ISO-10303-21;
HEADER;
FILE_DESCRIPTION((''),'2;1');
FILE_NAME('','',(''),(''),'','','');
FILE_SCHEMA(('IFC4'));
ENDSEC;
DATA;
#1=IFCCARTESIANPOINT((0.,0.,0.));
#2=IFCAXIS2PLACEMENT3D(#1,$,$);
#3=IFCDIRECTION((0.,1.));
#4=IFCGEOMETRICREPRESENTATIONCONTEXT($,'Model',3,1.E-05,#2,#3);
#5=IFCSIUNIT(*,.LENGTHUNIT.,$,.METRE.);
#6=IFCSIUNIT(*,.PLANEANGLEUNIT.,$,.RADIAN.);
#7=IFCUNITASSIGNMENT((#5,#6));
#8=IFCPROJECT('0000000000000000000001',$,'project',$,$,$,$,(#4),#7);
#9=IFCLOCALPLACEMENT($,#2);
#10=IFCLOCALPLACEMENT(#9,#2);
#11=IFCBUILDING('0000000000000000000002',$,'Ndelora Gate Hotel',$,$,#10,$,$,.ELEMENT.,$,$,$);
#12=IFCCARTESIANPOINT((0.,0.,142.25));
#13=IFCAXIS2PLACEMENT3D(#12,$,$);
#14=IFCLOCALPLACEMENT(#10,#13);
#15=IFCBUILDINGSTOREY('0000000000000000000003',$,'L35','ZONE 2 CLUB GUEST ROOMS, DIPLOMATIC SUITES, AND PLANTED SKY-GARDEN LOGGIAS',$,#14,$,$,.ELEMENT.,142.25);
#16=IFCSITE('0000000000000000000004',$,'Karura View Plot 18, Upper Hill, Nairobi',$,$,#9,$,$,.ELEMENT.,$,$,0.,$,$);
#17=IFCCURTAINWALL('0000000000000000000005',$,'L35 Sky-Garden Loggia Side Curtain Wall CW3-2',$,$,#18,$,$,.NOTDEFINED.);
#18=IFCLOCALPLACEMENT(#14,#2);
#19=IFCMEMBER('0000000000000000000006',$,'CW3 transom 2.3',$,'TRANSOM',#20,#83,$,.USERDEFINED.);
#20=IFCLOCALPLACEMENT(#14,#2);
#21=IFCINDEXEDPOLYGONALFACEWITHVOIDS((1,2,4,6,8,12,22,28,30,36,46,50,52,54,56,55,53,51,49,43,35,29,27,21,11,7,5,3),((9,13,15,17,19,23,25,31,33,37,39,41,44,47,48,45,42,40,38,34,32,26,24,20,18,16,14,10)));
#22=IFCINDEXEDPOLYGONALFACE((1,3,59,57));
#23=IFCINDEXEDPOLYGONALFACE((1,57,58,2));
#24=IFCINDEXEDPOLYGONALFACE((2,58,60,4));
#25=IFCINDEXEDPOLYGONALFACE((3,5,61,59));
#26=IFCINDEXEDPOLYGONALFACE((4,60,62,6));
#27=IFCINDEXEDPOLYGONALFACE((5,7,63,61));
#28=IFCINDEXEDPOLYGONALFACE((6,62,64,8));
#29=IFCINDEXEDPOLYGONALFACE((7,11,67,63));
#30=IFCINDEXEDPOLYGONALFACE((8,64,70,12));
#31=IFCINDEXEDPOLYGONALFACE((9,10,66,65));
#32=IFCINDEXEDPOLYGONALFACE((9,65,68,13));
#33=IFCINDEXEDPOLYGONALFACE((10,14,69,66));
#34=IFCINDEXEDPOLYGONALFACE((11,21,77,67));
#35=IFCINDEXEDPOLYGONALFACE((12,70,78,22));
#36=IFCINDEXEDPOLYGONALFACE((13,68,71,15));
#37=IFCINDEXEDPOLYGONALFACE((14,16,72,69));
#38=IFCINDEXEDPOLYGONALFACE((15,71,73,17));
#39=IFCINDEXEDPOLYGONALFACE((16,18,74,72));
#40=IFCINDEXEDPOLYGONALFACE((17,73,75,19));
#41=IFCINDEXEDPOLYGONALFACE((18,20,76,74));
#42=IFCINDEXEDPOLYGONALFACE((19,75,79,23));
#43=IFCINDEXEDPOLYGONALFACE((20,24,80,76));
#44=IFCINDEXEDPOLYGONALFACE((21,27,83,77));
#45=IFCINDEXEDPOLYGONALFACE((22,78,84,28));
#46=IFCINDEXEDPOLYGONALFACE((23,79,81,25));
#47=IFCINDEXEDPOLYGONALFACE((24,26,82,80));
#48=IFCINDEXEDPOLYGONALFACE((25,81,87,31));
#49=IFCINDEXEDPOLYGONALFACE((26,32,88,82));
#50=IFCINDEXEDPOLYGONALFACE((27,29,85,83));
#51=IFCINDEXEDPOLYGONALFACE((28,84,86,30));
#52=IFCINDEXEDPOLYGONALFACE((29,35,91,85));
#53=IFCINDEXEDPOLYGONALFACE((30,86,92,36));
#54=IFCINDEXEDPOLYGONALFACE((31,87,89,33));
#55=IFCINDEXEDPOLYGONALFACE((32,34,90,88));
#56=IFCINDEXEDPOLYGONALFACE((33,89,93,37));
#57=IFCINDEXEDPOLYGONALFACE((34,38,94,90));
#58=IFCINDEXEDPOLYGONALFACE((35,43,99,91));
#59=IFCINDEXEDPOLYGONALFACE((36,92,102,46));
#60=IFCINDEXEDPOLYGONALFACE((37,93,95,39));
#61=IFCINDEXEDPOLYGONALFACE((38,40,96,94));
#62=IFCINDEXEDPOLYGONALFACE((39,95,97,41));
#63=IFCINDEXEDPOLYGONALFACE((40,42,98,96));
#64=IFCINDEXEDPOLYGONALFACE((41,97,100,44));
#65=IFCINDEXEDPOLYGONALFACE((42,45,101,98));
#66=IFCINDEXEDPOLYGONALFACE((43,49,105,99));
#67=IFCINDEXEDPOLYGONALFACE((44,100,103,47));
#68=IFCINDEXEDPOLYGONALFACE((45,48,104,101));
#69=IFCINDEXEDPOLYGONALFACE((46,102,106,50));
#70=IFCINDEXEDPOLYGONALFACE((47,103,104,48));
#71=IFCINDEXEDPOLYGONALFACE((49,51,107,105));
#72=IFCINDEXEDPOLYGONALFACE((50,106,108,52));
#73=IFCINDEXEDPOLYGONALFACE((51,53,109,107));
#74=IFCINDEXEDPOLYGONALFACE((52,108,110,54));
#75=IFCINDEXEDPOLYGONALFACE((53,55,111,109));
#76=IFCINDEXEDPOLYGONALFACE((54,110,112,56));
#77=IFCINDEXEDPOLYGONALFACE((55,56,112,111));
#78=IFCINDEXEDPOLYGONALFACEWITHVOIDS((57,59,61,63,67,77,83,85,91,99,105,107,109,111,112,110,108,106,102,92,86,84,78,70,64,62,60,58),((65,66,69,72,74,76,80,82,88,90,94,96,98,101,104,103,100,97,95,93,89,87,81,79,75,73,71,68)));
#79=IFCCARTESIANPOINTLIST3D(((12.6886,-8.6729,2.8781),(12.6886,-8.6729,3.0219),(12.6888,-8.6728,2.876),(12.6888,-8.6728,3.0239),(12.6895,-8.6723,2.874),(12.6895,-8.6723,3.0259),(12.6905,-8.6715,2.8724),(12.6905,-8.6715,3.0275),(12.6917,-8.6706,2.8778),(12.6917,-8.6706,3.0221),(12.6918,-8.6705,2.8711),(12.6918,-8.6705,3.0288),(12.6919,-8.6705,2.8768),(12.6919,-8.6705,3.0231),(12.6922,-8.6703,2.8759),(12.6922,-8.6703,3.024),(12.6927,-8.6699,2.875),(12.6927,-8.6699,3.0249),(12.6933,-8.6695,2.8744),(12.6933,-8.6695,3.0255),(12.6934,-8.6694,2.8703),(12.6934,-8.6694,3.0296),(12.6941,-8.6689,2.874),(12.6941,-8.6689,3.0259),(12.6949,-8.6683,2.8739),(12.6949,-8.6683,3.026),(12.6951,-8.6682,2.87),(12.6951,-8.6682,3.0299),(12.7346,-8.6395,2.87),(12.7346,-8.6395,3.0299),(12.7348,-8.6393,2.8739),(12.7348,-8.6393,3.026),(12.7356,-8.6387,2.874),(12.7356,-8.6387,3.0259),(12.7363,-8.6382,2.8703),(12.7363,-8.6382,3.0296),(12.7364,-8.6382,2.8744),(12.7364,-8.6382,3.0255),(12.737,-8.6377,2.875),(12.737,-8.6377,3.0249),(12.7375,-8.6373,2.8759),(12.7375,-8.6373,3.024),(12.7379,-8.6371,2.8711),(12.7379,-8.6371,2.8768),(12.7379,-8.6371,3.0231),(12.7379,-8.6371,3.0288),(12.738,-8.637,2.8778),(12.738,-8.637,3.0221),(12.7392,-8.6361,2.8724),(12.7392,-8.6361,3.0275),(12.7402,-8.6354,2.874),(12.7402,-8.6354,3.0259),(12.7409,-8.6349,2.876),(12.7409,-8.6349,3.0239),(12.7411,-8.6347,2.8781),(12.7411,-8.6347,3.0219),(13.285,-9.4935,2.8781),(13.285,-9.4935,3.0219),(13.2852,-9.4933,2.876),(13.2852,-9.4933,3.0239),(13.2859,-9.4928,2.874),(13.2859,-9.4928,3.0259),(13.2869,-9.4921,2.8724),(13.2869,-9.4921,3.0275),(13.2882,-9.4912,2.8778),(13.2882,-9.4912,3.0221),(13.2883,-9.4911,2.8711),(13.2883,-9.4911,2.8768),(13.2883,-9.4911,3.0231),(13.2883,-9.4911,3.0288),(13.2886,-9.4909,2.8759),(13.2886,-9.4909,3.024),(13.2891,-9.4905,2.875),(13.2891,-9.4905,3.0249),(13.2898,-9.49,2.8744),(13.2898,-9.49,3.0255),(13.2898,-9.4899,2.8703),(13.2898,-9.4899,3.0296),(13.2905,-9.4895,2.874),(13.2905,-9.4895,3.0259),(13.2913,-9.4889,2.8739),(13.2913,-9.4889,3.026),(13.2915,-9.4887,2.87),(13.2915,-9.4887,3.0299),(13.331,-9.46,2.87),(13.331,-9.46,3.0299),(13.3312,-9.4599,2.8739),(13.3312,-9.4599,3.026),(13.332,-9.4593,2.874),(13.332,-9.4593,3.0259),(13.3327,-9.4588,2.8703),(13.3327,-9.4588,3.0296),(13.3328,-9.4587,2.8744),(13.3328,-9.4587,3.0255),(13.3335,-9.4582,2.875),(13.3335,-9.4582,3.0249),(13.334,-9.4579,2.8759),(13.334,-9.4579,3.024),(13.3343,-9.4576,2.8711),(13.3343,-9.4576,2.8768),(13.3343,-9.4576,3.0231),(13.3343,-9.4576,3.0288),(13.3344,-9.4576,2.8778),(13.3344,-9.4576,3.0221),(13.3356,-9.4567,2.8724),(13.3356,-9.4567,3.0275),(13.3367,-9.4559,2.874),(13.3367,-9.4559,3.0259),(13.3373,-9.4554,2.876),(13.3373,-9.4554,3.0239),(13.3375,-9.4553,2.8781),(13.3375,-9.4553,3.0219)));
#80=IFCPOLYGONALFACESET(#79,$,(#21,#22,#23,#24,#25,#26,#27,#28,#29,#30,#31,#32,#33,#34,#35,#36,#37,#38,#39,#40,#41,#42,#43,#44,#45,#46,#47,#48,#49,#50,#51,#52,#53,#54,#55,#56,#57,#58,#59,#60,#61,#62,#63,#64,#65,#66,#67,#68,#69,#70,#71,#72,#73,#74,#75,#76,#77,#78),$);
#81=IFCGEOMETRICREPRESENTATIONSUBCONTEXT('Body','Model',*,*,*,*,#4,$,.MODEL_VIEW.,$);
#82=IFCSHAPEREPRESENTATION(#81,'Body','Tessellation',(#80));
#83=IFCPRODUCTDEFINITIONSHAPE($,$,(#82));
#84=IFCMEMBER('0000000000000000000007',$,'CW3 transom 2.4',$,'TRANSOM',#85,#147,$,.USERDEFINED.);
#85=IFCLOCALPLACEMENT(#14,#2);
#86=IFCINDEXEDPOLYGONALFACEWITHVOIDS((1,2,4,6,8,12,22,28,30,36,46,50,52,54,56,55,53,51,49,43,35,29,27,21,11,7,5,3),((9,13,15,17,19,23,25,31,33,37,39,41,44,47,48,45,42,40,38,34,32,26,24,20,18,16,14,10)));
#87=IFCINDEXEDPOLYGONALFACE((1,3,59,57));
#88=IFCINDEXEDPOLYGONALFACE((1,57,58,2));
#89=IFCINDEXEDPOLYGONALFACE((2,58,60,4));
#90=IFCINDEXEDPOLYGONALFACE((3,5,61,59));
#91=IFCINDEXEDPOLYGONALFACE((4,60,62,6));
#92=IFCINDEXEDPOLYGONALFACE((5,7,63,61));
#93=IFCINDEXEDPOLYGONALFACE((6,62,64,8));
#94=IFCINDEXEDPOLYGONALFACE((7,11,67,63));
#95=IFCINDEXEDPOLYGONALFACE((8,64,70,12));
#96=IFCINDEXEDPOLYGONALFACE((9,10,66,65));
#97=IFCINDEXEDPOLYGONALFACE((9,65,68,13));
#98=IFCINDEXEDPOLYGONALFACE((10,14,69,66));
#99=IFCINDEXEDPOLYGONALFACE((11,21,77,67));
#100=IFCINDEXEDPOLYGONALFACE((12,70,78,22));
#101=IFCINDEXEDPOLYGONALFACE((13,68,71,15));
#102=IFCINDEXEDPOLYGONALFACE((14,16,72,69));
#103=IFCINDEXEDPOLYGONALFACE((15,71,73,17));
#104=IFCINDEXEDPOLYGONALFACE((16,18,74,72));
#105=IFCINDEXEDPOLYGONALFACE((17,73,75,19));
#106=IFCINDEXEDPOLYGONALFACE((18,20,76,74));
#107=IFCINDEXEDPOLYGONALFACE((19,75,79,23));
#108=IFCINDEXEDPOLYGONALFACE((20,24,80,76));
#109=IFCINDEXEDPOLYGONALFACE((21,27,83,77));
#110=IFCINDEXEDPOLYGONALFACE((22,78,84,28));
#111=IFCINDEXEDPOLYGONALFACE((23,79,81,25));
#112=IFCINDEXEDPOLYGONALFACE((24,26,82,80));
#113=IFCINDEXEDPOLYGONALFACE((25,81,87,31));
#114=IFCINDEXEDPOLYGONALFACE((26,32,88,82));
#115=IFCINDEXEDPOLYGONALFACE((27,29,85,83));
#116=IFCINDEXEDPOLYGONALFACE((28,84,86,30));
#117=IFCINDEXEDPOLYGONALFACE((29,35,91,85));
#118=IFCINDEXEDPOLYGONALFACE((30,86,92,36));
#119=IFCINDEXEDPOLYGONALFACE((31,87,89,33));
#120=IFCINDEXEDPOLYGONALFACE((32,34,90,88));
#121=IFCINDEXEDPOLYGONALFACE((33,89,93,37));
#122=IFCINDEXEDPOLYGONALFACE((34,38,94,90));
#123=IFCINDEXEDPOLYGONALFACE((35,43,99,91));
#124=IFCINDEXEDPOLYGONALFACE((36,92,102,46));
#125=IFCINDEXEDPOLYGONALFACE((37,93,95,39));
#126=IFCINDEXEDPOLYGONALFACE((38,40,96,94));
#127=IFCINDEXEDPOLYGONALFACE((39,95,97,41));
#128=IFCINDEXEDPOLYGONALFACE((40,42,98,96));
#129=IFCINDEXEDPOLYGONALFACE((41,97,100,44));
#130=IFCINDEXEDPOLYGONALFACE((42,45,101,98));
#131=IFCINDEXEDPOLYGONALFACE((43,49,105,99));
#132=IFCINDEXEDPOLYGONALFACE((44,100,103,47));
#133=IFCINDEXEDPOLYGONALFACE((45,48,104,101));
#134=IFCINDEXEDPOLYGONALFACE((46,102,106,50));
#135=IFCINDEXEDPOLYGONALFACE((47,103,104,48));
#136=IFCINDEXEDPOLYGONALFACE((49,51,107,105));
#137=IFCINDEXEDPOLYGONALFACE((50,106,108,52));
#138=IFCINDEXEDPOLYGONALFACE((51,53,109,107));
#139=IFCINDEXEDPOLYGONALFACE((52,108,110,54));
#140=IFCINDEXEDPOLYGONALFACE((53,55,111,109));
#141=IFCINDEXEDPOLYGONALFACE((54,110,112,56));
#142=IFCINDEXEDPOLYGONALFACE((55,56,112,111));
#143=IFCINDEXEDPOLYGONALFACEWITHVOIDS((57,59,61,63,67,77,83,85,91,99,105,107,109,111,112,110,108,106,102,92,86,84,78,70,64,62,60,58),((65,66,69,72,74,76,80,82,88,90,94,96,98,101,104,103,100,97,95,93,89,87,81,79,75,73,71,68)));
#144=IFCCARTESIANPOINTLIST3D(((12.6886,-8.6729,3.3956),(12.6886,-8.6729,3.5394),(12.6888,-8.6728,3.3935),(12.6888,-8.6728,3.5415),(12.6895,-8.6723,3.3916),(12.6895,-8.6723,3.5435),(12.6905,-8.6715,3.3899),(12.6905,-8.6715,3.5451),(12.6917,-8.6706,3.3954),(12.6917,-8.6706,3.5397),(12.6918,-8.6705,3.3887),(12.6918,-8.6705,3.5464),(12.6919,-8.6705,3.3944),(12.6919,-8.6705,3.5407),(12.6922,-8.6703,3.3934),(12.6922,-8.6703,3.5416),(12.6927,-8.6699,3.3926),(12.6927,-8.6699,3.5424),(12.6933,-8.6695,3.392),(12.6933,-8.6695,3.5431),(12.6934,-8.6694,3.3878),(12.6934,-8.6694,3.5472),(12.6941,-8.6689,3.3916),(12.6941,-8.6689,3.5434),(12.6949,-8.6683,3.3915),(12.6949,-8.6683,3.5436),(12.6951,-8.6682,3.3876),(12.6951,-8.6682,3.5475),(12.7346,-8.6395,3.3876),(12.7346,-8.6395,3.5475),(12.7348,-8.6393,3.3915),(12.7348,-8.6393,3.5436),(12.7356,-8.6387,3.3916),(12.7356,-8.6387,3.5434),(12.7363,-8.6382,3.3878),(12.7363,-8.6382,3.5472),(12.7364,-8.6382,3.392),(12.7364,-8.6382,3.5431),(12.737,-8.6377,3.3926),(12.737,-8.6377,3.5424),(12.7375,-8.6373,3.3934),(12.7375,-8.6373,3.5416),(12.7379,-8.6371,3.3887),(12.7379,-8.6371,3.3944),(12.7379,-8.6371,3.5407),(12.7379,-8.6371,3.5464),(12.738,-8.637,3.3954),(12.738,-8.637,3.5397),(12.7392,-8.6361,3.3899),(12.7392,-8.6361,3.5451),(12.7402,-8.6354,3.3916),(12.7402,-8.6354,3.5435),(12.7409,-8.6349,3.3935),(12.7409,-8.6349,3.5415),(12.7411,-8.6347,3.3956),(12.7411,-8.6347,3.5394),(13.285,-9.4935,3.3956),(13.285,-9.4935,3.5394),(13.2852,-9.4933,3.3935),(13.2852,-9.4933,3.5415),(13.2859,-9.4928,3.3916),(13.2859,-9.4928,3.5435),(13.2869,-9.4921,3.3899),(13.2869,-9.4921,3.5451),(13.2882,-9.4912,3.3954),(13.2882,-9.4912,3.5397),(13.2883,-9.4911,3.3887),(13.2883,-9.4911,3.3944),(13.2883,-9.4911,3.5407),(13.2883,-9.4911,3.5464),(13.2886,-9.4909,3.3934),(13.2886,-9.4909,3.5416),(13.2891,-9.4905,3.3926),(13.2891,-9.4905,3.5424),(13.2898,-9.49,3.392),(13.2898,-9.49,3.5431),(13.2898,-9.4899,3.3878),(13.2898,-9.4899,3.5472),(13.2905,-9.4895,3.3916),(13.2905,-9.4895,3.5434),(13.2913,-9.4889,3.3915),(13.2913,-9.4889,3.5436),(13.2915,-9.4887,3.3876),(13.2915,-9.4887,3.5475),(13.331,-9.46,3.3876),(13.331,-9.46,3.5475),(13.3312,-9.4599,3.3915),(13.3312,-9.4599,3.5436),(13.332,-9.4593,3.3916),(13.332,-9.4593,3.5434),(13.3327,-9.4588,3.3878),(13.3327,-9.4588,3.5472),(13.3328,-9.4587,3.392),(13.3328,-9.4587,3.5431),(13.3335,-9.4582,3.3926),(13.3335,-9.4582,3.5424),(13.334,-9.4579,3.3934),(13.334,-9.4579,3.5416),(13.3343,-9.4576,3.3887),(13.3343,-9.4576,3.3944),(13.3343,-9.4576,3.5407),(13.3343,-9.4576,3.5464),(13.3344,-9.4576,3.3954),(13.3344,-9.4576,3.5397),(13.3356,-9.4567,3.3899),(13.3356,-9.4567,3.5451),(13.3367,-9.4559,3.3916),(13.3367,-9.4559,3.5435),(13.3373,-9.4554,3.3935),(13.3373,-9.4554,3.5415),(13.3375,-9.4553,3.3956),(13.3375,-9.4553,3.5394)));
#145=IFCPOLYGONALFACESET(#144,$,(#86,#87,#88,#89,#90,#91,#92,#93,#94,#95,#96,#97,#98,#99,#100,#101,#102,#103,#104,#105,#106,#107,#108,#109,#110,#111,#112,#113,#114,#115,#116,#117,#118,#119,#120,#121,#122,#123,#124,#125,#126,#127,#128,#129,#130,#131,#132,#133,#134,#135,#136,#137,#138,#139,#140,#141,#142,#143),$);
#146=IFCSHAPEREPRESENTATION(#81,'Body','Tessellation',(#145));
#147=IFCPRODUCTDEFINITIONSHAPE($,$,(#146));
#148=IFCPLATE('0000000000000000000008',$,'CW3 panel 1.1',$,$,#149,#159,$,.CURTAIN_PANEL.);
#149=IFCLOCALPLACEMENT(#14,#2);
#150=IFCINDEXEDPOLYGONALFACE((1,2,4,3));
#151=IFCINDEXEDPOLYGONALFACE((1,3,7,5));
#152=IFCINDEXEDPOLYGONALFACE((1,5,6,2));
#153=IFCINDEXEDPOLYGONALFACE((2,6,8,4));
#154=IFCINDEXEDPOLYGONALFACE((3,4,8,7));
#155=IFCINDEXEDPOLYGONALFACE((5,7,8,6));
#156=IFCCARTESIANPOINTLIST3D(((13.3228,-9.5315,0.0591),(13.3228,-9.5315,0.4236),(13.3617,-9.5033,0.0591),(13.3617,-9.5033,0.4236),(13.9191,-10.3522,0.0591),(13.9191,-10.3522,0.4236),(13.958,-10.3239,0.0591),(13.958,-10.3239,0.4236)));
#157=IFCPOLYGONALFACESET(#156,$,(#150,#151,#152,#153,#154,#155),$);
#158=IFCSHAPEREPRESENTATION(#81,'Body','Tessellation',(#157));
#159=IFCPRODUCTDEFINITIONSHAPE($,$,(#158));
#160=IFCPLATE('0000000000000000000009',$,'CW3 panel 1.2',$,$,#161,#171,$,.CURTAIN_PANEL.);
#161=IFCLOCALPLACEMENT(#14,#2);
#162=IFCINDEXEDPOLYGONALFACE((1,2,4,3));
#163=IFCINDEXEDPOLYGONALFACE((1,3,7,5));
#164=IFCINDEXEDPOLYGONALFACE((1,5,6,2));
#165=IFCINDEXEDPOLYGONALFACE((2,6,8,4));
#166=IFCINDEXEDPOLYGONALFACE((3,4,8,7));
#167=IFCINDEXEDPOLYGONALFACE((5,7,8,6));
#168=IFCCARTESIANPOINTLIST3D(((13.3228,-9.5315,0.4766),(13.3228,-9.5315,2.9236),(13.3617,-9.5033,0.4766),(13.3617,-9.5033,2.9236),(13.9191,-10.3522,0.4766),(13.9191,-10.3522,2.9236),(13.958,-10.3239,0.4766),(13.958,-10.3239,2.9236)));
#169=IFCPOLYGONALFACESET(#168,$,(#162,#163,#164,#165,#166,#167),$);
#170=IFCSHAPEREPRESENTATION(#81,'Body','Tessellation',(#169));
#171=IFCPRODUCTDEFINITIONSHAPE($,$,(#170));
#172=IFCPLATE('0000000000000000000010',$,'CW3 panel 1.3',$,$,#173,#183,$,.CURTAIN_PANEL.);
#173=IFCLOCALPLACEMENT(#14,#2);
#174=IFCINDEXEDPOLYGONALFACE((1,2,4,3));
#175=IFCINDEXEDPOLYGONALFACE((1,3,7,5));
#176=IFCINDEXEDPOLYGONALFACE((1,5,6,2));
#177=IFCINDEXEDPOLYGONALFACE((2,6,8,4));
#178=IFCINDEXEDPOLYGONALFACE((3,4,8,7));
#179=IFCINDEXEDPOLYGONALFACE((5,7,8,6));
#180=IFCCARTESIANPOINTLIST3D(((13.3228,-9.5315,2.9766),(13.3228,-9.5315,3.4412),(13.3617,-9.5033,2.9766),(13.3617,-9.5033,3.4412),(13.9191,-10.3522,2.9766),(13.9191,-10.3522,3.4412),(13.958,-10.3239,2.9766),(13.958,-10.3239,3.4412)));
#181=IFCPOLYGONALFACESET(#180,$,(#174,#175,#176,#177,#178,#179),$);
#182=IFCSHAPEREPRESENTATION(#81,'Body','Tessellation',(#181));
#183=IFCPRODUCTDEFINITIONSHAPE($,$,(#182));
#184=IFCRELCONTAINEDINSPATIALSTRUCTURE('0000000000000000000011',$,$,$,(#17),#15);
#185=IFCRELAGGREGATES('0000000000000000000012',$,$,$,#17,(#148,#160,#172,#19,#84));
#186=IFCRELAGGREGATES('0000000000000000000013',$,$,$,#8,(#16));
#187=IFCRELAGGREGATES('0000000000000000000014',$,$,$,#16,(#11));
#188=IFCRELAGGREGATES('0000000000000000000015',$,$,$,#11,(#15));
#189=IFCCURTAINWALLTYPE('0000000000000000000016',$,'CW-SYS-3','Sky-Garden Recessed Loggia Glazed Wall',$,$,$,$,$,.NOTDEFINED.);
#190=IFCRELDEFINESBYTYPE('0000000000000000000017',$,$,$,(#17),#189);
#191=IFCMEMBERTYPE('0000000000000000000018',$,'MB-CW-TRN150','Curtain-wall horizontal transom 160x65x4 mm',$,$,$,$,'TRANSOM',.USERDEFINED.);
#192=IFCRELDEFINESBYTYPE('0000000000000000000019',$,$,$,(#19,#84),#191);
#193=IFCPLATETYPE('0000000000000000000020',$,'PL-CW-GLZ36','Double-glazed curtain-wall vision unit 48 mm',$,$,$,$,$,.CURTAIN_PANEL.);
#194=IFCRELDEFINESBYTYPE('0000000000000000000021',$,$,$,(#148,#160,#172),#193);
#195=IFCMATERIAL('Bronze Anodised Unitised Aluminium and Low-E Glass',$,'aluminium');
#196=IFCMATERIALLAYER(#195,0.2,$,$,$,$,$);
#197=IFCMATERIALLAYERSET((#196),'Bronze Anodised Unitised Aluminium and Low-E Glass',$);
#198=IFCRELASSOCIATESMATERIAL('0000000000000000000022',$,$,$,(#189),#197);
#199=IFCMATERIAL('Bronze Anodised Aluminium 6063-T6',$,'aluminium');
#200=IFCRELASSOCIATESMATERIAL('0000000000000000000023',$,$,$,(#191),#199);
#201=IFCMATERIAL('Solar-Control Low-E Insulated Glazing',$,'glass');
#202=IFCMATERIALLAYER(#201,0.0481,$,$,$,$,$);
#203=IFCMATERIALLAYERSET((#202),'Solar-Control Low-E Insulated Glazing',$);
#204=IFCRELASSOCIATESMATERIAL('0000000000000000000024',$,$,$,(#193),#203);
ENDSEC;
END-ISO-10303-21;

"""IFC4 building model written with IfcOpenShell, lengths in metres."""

from ifc_helpers import new_model, si_unit, direction, frame, origin, origin_2d, place, context, subcontext, project, spatial, rectangle, hollow_rectangle, extrude, material, layer, layer_set, material_profile, profile_set, type_object, element, aggregate, save


model = new_model("IFC4")

# Units and contexts
model_context = context("Model", 3, precision=1e-05, world=origin(), true_north=direction((0.0, 1.0)))
body_context = subcontext(model_context, "Body", "Model", "MODEL_VIEW")
ifc_project = project(units=[si_unit("LENGTHUNIT", "METRE"), si_unit("PLANEANGLEUNIT", "RADIAN")], contexts=[model_context])

# Site, building, storey
site_placement = place(None, origin())
site = spatial("IfcSite", under=ifc_project, at=site_placement, Name="Karura View Plot 18, Upper Hill, Nairobi", CompositionType="ELEMENT", RefElevation=0.0)
building_placement = place(site_placement, origin())
building = spatial("IfcBuilding", under=site, at=building_placement, Name="Ndelora Gate Hotel", CompositionType="ELEMENT")
storey_placement = place(building_placement, frame((0.0, 0.0, 142.25)))
storey = spatial("IfcBuildingStorey", under=building, at=storey_placement, Name="L35", Description="ZONE 2 CLUB GUEST ROOMS, DIPLOMATIC SUITES, AND PLANTED SKY-GARDEN LOGGIAS", CompositionType="ELEMENT", Elevation=142.25)

# Curtain wall, members, plates
ifc_material_1 = material(Name="Bronze Anodised Unitised Aluminium and Low-E Glass", Category="aluminium")
ifc_layer_1 = layer(ifc_material_1, 0.2)
ifc_layer_set_1 = layer_set([ifc_layer_1], Name="Bronze Anodised Unitised Aluminium and Low-E Glass")
curtain_wall_type = type_object("IfcCurtainWallType", Name="CW-SYS-3", Description="Sky-Garden Recessed Loggia Glazed Wall", PredefinedType="NOTDEFINED", material=ifc_layer_set_1)
curtain_wall_placement = place(storey_placement, origin())
curtain_wall = element("IfcCurtainWall", 1, at=curtain_wall_placement, inside=storey, type_object=curtain_wall_type, Name="L35 Sky-Garden Loggia Side Curtain Wall CW3-2", PredefinedType="NOTDEFINED")
ifc_material_2 = material(Name="Bronze Anodised Aluminium 6063-T6", Category="aluminium")
ifc_material_profile_1 = material_profile(ifc_material_2, hollow_rectangle(XDim=0.0649, YDim=0.1599, WallThickness=0.0039, InnerFilletRadius=0.0039, OuterFilletRadius=0.0081, at=origin_2d()), Name="ALU 160x65x4")
ifc_profile_set_1 = profile_set([ifc_material_profile_1], Name="Bronze Anodised Aluminium 6063-T6")
member_type_1 = type_object("IfcMemberType", Name="MB-CW-TRN150", Description="Curtain-wall horizontal transom 160x65x4 mm", ElementType="TRANSOM", PredefinedType="USERDEFINED", material=ifc_profile_set_1)
member_1_placement = place(storey_placement, frame((13.3113, -9.4744, 2.95), z_axis=(-0.587957, 0.808892, 0.0), x_axis=(-0.808892, -0.587957, 0.0)))
member_1 = element("IfcMember", 2, at=member_1_placement, type_object=member_type_1, Name="CW3 transom 2.3", ObjectType="TRANSOM", PredefinedType="USERDEFINED", context=body_context, shape_type="SweptSolid", body=[
    extrude(hollow_rectangle(XDim=0.0649, YDim=0.1599, WallThickness=0.0039, InnerFilletRadius=0.0039, OuterFilletRadius=0.0081, at=origin_2d()), origin(), (0.0, 0.0, 1.0), 1.0144),
])
member_2_placement = place(storey_placement, frame((13.3113, -9.4744, 3.4675), z_axis=(-0.587957, 0.808892, 0.0), x_axis=(-0.808892, -0.587957, 0.0)))
member_2 = element("IfcMember", 3, at=member_2_placement, type_object=member_type_1, Name="CW3 transom 2.4", ObjectType="TRANSOM", PredefinedType="USERDEFINED", context=body_context, shape_type="SweptSolid", body=[
    extrude(hollow_rectangle(XDim=0.0649, YDim=0.1599, WallThickness=0.0039, InnerFilletRadius=0.0039, OuterFilletRadius=0.0081, at=origin_2d()), origin(), (0.0, 0.0, 1.0), 1.0144),
])
ifc_material_3 = material(Name="Solar-Control Low-E Insulated Glazing", Category="glass")
ifc_layer_2 = layer(ifc_material_3, 0.0481)
ifc_layer_set_2 = layer_set([ifc_layer_2], Name="Solar-Control Low-E Insulated Glazing")
plate_type = type_object("IfcPlateType", Name="PL-CW-GLZ36", Description="Double-glazed curtain-wall vision unit 48 mm", PredefinedType="CURTAIN_PANEL", material=ifc_layer_set_2)
plate_1_placement = place(storey_placement, frame((13.6404, -9.9277, 0.0591), z_axis=(0.0, 0.0, 1.0), x_axis=(-0.587785, 0.809017, 0.0)))
plate_1 = element("IfcPlate", 4, at=plate_1_placement, type_object=plate_type, Name="CW3 panel 1.1", PredefinedType="CURTAIN_PANEL", context=body_context, shape_type="SweptSolid", body=[
    extrude(rectangle(XDim=1.0144, YDim=0.0481, at=origin_2d()), origin(), (0.0, 0.0, 1.0), 0.3645),
])
plate_2_placement = place(storey_placement, frame((13.6404, -9.9277, 0.4766), z_axis=(0.0, 0.0, 1.0), x_axis=(-0.587785, 0.809017, 0.0)))
plate_2 = element("IfcPlate", 5, at=plate_2_placement, type_object=plate_type, Name="CW3 panel 1.2", PredefinedType="CURTAIN_PANEL", context=body_context, shape_type="SweptSolid", body=[
    extrude(rectangle(XDim=1.0144, YDim=0.0481, at=origin_2d()), origin(), (0.0, 0.0, 1.0), 2.447),
])
plate_3_placement = place(storey_placement, frame((13.6404, -9.9277, 2.9766), z_axis=(0.0, 0.0, 1.0), x_axis=(-0.587785, 0.809017, 0.0)))
plate_3 = element("IfcPlate", 6, at=plate_3_placement, type_object=plate_type, Name="CW3 panel 1.3", PredefinedType="CURTAIN_PANEL", context=body_context, shape_type="SweptSolid", body=[
    extrude(rectangle(XDim=1.0144, YDim=0.0481, at=origin_2d()), origin(), (0.0, 0.0, 1.0), 0.4646),
])
aggregate(curtain_wall, [plate_1, plate_2, plate_3, member_1, member_2])

save(model, "model.ifc")
